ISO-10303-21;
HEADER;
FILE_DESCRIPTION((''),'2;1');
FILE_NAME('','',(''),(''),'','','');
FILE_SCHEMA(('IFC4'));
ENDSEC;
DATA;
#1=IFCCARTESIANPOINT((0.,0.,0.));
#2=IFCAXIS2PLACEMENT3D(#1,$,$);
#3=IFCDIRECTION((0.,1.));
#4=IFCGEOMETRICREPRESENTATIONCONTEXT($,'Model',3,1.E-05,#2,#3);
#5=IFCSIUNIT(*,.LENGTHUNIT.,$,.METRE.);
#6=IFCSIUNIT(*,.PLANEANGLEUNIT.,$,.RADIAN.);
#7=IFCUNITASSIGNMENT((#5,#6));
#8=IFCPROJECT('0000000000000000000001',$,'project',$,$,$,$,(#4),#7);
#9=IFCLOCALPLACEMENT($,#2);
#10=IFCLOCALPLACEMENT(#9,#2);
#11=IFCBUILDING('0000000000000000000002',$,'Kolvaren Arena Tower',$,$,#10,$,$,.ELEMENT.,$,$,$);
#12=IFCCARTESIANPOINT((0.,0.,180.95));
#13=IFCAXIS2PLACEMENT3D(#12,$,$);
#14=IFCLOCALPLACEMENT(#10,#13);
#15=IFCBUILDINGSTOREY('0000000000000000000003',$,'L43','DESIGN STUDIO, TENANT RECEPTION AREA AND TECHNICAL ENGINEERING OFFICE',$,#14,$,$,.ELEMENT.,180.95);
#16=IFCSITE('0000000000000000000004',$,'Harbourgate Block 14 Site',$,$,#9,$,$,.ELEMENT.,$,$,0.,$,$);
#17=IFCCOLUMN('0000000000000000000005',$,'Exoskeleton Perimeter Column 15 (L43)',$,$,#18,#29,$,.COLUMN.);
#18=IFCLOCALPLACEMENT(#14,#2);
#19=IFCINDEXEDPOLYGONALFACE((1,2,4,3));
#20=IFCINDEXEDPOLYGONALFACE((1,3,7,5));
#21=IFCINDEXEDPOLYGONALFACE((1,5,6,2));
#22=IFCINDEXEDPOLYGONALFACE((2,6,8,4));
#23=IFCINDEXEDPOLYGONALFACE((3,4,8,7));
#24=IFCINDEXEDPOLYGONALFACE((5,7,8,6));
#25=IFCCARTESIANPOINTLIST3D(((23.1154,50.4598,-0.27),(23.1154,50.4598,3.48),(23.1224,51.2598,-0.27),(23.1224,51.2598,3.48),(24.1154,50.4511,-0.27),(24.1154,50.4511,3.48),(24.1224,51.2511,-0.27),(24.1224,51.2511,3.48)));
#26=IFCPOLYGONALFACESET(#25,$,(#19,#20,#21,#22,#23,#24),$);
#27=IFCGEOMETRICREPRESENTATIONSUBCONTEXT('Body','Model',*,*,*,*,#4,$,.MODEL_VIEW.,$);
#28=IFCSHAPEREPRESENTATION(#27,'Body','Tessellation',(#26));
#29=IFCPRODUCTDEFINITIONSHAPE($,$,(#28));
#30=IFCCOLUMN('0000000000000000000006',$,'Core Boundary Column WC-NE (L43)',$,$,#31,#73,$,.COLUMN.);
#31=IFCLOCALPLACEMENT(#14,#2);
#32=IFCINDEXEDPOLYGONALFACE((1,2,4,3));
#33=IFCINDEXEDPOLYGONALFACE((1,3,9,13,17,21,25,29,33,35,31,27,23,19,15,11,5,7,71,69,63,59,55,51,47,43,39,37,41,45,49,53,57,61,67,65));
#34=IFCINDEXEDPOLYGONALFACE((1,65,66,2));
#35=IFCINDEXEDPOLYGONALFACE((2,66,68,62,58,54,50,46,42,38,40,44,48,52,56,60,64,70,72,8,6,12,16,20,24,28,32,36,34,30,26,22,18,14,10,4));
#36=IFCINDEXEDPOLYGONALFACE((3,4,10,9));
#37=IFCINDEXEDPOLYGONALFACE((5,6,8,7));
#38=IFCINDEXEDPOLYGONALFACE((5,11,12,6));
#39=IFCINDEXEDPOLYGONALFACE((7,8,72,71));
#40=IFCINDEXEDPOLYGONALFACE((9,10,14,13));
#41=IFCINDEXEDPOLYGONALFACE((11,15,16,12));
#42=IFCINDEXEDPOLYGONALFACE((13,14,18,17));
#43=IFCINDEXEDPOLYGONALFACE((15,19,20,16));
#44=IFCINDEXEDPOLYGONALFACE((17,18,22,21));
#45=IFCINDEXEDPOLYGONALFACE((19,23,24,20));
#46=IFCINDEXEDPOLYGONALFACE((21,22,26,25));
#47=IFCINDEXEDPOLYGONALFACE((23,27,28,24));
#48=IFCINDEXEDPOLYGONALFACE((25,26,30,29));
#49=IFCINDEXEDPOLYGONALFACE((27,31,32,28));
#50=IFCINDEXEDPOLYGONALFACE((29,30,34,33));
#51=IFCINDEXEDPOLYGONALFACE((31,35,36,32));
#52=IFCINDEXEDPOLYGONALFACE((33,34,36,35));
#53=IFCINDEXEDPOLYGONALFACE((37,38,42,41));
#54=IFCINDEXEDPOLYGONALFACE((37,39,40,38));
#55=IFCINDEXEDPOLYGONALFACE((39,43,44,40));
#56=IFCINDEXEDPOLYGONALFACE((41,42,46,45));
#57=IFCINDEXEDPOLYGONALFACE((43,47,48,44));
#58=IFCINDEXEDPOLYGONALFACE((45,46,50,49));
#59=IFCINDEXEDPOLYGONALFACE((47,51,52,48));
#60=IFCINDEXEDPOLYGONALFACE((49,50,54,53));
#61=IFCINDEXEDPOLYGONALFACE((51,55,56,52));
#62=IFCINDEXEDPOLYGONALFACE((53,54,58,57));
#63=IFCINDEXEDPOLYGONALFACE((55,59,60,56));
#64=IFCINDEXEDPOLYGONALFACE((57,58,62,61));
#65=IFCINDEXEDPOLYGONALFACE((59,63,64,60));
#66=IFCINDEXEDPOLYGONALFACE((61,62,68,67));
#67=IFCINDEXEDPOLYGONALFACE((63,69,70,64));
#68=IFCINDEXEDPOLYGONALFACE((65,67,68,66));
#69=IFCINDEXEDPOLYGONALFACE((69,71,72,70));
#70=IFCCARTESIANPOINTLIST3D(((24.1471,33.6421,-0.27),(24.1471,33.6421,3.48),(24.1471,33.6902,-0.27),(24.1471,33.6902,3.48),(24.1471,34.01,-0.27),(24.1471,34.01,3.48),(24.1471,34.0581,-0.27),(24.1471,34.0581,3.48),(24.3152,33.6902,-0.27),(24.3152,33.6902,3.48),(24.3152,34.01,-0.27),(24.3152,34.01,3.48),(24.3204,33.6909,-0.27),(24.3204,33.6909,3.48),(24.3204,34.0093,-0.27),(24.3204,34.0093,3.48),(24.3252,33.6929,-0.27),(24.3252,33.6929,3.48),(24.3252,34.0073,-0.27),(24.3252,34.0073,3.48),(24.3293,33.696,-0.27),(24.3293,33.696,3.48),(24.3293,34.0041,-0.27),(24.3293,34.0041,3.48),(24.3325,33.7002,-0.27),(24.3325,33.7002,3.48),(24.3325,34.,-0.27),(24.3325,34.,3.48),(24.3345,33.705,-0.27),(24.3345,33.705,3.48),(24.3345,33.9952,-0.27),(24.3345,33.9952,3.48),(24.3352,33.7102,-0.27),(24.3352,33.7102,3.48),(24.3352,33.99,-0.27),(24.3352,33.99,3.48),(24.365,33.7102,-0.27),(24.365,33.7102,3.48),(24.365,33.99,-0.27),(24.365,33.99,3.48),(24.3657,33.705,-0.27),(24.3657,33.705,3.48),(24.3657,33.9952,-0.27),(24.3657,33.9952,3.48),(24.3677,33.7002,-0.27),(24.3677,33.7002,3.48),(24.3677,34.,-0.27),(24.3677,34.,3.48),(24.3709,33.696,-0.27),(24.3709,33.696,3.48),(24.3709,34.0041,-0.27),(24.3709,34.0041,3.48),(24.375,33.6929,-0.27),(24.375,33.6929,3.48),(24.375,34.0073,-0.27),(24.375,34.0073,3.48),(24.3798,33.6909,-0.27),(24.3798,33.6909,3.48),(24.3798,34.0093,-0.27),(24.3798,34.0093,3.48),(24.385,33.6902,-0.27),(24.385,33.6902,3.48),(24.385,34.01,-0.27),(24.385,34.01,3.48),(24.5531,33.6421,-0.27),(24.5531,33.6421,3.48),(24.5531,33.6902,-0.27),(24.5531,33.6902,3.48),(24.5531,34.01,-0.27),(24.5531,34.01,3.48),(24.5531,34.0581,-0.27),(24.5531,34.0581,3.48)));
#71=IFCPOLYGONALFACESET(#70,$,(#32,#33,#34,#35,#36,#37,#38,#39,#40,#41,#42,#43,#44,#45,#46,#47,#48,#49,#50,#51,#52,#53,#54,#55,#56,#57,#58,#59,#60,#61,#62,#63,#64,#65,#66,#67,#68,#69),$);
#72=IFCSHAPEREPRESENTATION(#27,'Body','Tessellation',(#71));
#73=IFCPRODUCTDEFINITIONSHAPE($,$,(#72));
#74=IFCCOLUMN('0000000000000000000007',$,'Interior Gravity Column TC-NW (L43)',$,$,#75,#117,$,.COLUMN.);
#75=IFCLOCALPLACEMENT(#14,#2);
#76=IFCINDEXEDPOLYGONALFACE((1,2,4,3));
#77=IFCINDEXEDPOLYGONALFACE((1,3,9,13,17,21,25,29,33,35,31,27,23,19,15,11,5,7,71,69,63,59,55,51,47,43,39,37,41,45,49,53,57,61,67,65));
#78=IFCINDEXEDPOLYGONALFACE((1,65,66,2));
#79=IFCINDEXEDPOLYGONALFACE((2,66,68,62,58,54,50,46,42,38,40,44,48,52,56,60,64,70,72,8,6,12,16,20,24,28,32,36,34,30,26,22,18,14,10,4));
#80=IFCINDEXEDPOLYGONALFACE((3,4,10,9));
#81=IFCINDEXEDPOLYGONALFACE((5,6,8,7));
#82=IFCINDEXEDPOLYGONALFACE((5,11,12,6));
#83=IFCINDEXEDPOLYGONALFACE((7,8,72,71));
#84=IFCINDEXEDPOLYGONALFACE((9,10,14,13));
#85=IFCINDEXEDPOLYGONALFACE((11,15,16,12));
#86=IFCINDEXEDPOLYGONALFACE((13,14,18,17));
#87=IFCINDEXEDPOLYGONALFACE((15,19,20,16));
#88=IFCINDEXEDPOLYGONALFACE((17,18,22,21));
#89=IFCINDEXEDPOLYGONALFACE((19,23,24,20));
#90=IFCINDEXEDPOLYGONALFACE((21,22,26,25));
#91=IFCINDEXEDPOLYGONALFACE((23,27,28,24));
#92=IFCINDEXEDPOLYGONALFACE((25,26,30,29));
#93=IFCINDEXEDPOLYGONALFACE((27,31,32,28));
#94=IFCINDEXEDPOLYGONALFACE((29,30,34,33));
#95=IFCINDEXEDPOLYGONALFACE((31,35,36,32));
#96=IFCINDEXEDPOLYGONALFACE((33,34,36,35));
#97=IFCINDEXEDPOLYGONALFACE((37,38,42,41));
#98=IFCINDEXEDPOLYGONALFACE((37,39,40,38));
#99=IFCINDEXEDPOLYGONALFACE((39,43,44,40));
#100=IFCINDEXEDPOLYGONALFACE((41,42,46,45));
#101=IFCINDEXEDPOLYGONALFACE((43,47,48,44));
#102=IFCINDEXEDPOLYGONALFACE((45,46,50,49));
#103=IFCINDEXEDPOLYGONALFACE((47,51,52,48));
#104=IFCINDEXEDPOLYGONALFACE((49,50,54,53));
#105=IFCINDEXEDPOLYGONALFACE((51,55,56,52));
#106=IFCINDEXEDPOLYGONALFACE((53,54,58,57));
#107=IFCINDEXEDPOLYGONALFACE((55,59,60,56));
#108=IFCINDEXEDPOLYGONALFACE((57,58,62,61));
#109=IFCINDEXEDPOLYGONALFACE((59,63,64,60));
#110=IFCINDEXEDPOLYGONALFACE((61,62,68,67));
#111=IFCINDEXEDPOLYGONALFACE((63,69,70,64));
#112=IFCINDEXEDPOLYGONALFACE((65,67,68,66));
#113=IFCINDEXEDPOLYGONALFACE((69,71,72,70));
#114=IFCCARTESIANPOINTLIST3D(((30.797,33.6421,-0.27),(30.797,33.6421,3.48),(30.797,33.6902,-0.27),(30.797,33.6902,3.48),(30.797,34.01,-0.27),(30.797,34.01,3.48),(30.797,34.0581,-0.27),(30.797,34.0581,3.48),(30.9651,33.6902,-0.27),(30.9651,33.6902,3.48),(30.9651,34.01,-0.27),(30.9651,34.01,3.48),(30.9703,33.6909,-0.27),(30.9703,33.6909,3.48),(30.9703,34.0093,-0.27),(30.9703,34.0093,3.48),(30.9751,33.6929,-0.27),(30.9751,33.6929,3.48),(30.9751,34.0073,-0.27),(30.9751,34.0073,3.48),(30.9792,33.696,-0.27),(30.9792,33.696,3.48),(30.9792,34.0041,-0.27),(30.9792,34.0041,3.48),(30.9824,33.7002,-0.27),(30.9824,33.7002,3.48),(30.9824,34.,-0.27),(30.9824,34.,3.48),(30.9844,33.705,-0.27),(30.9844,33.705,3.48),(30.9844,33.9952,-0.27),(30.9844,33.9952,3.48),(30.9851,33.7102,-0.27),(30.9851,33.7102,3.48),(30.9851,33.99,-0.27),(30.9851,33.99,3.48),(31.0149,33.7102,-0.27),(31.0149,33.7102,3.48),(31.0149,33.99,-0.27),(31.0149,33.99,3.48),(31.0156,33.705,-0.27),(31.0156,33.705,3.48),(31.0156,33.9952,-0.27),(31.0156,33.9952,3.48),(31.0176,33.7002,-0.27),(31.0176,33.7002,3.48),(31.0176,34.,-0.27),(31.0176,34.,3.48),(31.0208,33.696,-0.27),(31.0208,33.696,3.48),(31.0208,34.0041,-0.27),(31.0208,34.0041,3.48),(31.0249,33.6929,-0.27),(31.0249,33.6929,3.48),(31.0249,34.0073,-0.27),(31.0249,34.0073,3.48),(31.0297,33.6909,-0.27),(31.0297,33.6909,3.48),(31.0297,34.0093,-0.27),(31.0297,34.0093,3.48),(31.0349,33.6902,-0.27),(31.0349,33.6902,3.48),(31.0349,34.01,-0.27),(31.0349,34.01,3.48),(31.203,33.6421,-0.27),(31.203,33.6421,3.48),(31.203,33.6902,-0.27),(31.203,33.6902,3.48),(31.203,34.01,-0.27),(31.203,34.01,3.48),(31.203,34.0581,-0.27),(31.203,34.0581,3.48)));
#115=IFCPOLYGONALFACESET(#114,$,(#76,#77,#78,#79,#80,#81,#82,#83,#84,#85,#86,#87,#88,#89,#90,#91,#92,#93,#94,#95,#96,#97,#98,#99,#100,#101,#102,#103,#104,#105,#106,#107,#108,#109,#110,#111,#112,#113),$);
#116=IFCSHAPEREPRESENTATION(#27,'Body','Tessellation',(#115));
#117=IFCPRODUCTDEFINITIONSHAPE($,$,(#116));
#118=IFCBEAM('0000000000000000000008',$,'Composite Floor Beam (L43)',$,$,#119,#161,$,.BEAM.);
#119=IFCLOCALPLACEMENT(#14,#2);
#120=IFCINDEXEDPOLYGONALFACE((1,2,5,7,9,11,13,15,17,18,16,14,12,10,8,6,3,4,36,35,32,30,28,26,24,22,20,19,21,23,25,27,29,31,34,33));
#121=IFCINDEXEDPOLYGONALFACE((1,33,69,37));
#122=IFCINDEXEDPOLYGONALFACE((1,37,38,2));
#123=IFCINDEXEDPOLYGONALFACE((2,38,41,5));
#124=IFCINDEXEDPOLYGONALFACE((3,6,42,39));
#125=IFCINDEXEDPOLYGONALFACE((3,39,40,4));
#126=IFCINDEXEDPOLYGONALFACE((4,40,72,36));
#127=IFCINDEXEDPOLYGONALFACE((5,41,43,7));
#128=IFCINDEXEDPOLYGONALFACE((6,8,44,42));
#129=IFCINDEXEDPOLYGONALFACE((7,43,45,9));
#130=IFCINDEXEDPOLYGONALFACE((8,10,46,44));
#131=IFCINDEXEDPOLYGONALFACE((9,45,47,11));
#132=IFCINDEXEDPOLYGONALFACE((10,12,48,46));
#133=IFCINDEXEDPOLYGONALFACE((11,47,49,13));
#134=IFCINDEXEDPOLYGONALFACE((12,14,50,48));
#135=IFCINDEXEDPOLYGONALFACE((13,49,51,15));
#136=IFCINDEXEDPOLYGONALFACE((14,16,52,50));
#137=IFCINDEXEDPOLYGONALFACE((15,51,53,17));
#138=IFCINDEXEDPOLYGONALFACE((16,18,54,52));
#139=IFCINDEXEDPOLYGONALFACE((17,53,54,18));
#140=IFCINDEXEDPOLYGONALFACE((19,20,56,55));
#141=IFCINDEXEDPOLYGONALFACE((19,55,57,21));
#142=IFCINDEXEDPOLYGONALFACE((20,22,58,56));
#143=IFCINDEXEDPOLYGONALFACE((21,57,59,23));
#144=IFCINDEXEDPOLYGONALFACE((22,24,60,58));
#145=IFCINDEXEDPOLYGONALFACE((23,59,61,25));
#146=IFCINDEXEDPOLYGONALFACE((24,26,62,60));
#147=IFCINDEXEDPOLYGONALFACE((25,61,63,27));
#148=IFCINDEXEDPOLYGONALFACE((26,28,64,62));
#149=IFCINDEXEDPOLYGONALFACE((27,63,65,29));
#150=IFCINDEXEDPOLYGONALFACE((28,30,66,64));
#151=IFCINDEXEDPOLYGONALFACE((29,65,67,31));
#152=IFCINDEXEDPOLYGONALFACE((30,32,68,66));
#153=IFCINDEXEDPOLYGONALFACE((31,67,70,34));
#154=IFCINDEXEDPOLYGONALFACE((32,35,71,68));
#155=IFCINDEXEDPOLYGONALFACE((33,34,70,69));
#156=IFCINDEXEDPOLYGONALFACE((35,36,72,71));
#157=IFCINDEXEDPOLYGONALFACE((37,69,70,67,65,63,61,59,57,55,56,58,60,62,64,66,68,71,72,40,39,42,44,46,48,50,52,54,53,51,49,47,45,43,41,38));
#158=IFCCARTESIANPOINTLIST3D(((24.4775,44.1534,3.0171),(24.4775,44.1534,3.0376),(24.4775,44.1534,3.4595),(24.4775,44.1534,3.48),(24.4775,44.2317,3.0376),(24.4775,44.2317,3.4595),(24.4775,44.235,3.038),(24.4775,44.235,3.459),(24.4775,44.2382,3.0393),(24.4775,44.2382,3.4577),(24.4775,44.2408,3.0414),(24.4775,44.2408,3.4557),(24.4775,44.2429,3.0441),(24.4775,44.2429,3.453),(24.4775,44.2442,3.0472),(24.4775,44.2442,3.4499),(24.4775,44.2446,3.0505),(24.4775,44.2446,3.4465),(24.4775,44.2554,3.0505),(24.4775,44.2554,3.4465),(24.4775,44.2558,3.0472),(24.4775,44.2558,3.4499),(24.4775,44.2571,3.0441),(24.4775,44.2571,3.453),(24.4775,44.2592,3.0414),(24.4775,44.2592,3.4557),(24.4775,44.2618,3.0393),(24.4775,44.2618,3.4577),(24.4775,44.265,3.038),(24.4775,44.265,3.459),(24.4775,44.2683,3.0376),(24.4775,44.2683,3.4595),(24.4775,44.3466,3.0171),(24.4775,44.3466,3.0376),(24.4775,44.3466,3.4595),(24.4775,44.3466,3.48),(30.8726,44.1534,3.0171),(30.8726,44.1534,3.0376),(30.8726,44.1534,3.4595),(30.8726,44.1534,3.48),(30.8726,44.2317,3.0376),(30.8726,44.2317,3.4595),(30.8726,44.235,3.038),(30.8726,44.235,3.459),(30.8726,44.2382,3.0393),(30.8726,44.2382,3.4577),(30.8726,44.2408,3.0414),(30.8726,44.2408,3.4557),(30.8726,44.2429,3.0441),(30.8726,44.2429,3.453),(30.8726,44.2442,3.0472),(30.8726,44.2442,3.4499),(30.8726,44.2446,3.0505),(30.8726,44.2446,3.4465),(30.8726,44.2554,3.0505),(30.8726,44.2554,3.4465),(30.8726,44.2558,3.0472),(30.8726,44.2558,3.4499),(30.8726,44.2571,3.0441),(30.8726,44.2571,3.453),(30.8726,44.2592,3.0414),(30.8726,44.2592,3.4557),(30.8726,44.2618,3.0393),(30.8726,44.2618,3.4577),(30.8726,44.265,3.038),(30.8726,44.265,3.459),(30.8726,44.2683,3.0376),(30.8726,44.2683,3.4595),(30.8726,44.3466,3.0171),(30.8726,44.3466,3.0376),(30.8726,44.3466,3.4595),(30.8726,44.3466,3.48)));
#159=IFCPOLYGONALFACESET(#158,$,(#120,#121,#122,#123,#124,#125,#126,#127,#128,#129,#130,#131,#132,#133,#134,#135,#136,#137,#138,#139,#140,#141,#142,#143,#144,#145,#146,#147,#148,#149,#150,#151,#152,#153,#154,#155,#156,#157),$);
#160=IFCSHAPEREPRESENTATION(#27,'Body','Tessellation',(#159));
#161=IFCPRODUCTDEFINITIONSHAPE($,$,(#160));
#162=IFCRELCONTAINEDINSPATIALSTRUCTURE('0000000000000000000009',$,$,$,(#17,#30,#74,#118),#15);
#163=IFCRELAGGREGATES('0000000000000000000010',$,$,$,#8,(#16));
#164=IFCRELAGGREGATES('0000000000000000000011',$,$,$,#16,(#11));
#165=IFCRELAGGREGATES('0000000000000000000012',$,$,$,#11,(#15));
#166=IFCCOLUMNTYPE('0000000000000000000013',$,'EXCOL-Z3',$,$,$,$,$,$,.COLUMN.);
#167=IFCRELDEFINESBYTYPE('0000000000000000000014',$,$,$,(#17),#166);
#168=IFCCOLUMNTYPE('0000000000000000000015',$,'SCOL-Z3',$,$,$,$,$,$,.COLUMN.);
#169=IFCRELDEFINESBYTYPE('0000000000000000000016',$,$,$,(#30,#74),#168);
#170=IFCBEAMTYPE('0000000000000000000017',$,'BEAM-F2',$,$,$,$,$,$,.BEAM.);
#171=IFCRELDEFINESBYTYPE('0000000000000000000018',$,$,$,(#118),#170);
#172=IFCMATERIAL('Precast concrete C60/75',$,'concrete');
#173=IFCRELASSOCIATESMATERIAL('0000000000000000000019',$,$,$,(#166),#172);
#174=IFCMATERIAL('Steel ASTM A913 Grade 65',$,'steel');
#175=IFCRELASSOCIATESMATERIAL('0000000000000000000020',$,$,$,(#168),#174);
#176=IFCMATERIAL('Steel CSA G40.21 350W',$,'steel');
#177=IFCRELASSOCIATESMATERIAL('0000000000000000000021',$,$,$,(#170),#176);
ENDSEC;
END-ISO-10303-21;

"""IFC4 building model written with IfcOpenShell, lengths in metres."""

from ifc_helpers import new_model, si_unit, direction, frame, origin, origin_2d, place, context, subcontext, project, spatial, rectangle, i_section, extrude, material, material_profile, profile_set, type_object, element, save


model = new_model("IFC4")

# Units and contexts
model_context = context("Model", 3, precision=1e-05, world=origin(), true_north=direction((0.0, 1.0)))
body_context = subcontext(model_context, "Body", "Model", "MODEL_VIEW")
ifc_project = project(units=[si_unit("LENGTHUNIT", "METRE"), si_unit("PLANEANGLEUNIT", "RADIAN")], contexts=[model_context])

# Site, building, storey
site_placement = place(None, origin())
site = spatial("IfcSite", under=ifc_project, at=site_placement, Name="Harbourgate Block 14 Site", CompositionType="ELEMENT", RefElevation=0.0)
building_placement = place(site_placement, origin())
building = spatial("IfcBuilding", under=site, at=building_placement, Name="Kolvaren Arena Tower", CompositionType="ELEMENT")
storey_placement = place(building_placement, frame((0.0, 0.0, 180.95)))
storey = spatial("IfcBuildingStorey", under=building, at=storey_placement, Name="L43", Description="DESIGN STUDIO, TENANT RECEPTION AREA AND TECHNICAL ENGINEERING OFFICE", CompositionType="ELEMENT", Elevation=180.95)

# Columns
ifc_material_1 = material(Name="Precast concrete C60/75", Category="concrete")
ifc_material_profile_1 = material_profile(ifc_material_1, rectangle(XDim=1.0, YDim=0.8, at=origin_2d()), Name="RC-1000x800")
ifc_profile_set_1 = profile_set([ifc_material_profile_1], Name="Precast concrete C60/75")
column_type_1 = type_object("IfcColumnType", Name="EXCOL-Z3", PredefinedType="COLUMN", material=ifc_profile_set_1)
column_placement = place(storey_placement, frame((23.6189, 50.8555, -0.27), z_axis=(0.0, 0.0, 1.0), x_axis=(0.999962, -0.008727, 0.0)))
element("IfcColumn", 1, at=column_placement, inside=storey, type_object=column_type_1, Name="Exoskeleton Perimeter Column 15 (L43)", PredefinedType="COLUMN", context=body_context, shape_type="SweptSolid", body=[
    extrude(rectangle(XDim=1.0, YDim=0.8, at=origin_2d()), origin(), (0.0, 0.0, 1.0), 3.75),
])
ifc_material_2 = material(Name="Steel ASTM A913 Grade 65", Category="steel")
ifc_material_profile_2 = material_profile(ifc_material_2, i_section(OverallWidth=0.406, OverallDepth=0.416, WebThickness=0.0298, FlangeThickness=0.0481, FilletRadius=0.02, at=origin_2d()), Name="W360x382")
ifc_profile_set_2 = profile_set([ifc_material_profile_2], Name="Steel ASTM A913 Grade 65")
column_type_2 = type_object("IfcColumnType", Name="SCOL-Z3", PredefinedType="COLUMN", material=ifc_profile_set_2)
for number, where, z_axis, x_axis, name in (
    (2, (24.3501, 33.8501, -0.27), (0.0, 0.0, 1.0), (1.0, 0.0, 0.0), "Core Boundary Column WC-NE (L43)"),
    (3, (31.0, 33.8501, -0.27), (0.0, 0.0, 1.0), (1.0, 0.0, 0.0), "Interior Gravity Column TC-NW (L43)"),
):
    element("IfcColumn", number, at=place(storey_placement, frame(where, z_axis=z_axis, x_axis=x_axis)), inside=storey, type_object=column_type_2, Name=name, PredefinedType="COLUMN", context=body_context, shape_type="SweptSolid", body=[
        extrude(i_section(OverallWidth=0.406, OverallDepth=0.416, WebThickness=0.0298, FlangeThickness=0.0481, FilletRadius=0.02, at=origin_2d()), origin(), (0.0, 0.0, 1.0), 3.75),
    ])

# Beam
ifc_material_3 = material(Name="Steel CSA G40.21 350W", Category="steel")
ifc_material_profile_3 = material_profile(ifc_material_3, i_section(OverallWidth=0.1931, OverallDepth=0.4629, WebThickness=0.0107, FlangeThickness=0.0205, FilletRadius=0.0129, at=origin_2d()), Name="W460x113")
ifc_profile_set_3 = profile_set([ifc_material_profile_3], Name="Steel CSA G40.21 350W")
beam_type_1 = type_object("IfcBeamType", Name="BEAM-F2", PredefinedType="BEAM", material=ifc_profile_set_3)
beam_1_placement = place(storey_placement, frame((24.4775, 44.25, 3.2485), z_axis=(1.0, 0.0, 0.0), x_axis=(0.0, 1.0, 0.0)))
element("IfcBeam", 4, at=beam_1_placement, inside=storey, type_object=beam_type_1, Name="Composite Floor Beam (L43)", PredefinedType="BEAM", context=body_context, shape_type="SweptSolid", body=[
    extrude(i_section(OverallWidth=0.1931, OverallDepth=0.4629, WebThickness=0.0107, FlangeThickness=0.0205, FilletRadius=0.0129, at=origin_2d()), origin(), (0.0, 0.0, 1.0), 6.395),
])

save(model, "model.ifc")
